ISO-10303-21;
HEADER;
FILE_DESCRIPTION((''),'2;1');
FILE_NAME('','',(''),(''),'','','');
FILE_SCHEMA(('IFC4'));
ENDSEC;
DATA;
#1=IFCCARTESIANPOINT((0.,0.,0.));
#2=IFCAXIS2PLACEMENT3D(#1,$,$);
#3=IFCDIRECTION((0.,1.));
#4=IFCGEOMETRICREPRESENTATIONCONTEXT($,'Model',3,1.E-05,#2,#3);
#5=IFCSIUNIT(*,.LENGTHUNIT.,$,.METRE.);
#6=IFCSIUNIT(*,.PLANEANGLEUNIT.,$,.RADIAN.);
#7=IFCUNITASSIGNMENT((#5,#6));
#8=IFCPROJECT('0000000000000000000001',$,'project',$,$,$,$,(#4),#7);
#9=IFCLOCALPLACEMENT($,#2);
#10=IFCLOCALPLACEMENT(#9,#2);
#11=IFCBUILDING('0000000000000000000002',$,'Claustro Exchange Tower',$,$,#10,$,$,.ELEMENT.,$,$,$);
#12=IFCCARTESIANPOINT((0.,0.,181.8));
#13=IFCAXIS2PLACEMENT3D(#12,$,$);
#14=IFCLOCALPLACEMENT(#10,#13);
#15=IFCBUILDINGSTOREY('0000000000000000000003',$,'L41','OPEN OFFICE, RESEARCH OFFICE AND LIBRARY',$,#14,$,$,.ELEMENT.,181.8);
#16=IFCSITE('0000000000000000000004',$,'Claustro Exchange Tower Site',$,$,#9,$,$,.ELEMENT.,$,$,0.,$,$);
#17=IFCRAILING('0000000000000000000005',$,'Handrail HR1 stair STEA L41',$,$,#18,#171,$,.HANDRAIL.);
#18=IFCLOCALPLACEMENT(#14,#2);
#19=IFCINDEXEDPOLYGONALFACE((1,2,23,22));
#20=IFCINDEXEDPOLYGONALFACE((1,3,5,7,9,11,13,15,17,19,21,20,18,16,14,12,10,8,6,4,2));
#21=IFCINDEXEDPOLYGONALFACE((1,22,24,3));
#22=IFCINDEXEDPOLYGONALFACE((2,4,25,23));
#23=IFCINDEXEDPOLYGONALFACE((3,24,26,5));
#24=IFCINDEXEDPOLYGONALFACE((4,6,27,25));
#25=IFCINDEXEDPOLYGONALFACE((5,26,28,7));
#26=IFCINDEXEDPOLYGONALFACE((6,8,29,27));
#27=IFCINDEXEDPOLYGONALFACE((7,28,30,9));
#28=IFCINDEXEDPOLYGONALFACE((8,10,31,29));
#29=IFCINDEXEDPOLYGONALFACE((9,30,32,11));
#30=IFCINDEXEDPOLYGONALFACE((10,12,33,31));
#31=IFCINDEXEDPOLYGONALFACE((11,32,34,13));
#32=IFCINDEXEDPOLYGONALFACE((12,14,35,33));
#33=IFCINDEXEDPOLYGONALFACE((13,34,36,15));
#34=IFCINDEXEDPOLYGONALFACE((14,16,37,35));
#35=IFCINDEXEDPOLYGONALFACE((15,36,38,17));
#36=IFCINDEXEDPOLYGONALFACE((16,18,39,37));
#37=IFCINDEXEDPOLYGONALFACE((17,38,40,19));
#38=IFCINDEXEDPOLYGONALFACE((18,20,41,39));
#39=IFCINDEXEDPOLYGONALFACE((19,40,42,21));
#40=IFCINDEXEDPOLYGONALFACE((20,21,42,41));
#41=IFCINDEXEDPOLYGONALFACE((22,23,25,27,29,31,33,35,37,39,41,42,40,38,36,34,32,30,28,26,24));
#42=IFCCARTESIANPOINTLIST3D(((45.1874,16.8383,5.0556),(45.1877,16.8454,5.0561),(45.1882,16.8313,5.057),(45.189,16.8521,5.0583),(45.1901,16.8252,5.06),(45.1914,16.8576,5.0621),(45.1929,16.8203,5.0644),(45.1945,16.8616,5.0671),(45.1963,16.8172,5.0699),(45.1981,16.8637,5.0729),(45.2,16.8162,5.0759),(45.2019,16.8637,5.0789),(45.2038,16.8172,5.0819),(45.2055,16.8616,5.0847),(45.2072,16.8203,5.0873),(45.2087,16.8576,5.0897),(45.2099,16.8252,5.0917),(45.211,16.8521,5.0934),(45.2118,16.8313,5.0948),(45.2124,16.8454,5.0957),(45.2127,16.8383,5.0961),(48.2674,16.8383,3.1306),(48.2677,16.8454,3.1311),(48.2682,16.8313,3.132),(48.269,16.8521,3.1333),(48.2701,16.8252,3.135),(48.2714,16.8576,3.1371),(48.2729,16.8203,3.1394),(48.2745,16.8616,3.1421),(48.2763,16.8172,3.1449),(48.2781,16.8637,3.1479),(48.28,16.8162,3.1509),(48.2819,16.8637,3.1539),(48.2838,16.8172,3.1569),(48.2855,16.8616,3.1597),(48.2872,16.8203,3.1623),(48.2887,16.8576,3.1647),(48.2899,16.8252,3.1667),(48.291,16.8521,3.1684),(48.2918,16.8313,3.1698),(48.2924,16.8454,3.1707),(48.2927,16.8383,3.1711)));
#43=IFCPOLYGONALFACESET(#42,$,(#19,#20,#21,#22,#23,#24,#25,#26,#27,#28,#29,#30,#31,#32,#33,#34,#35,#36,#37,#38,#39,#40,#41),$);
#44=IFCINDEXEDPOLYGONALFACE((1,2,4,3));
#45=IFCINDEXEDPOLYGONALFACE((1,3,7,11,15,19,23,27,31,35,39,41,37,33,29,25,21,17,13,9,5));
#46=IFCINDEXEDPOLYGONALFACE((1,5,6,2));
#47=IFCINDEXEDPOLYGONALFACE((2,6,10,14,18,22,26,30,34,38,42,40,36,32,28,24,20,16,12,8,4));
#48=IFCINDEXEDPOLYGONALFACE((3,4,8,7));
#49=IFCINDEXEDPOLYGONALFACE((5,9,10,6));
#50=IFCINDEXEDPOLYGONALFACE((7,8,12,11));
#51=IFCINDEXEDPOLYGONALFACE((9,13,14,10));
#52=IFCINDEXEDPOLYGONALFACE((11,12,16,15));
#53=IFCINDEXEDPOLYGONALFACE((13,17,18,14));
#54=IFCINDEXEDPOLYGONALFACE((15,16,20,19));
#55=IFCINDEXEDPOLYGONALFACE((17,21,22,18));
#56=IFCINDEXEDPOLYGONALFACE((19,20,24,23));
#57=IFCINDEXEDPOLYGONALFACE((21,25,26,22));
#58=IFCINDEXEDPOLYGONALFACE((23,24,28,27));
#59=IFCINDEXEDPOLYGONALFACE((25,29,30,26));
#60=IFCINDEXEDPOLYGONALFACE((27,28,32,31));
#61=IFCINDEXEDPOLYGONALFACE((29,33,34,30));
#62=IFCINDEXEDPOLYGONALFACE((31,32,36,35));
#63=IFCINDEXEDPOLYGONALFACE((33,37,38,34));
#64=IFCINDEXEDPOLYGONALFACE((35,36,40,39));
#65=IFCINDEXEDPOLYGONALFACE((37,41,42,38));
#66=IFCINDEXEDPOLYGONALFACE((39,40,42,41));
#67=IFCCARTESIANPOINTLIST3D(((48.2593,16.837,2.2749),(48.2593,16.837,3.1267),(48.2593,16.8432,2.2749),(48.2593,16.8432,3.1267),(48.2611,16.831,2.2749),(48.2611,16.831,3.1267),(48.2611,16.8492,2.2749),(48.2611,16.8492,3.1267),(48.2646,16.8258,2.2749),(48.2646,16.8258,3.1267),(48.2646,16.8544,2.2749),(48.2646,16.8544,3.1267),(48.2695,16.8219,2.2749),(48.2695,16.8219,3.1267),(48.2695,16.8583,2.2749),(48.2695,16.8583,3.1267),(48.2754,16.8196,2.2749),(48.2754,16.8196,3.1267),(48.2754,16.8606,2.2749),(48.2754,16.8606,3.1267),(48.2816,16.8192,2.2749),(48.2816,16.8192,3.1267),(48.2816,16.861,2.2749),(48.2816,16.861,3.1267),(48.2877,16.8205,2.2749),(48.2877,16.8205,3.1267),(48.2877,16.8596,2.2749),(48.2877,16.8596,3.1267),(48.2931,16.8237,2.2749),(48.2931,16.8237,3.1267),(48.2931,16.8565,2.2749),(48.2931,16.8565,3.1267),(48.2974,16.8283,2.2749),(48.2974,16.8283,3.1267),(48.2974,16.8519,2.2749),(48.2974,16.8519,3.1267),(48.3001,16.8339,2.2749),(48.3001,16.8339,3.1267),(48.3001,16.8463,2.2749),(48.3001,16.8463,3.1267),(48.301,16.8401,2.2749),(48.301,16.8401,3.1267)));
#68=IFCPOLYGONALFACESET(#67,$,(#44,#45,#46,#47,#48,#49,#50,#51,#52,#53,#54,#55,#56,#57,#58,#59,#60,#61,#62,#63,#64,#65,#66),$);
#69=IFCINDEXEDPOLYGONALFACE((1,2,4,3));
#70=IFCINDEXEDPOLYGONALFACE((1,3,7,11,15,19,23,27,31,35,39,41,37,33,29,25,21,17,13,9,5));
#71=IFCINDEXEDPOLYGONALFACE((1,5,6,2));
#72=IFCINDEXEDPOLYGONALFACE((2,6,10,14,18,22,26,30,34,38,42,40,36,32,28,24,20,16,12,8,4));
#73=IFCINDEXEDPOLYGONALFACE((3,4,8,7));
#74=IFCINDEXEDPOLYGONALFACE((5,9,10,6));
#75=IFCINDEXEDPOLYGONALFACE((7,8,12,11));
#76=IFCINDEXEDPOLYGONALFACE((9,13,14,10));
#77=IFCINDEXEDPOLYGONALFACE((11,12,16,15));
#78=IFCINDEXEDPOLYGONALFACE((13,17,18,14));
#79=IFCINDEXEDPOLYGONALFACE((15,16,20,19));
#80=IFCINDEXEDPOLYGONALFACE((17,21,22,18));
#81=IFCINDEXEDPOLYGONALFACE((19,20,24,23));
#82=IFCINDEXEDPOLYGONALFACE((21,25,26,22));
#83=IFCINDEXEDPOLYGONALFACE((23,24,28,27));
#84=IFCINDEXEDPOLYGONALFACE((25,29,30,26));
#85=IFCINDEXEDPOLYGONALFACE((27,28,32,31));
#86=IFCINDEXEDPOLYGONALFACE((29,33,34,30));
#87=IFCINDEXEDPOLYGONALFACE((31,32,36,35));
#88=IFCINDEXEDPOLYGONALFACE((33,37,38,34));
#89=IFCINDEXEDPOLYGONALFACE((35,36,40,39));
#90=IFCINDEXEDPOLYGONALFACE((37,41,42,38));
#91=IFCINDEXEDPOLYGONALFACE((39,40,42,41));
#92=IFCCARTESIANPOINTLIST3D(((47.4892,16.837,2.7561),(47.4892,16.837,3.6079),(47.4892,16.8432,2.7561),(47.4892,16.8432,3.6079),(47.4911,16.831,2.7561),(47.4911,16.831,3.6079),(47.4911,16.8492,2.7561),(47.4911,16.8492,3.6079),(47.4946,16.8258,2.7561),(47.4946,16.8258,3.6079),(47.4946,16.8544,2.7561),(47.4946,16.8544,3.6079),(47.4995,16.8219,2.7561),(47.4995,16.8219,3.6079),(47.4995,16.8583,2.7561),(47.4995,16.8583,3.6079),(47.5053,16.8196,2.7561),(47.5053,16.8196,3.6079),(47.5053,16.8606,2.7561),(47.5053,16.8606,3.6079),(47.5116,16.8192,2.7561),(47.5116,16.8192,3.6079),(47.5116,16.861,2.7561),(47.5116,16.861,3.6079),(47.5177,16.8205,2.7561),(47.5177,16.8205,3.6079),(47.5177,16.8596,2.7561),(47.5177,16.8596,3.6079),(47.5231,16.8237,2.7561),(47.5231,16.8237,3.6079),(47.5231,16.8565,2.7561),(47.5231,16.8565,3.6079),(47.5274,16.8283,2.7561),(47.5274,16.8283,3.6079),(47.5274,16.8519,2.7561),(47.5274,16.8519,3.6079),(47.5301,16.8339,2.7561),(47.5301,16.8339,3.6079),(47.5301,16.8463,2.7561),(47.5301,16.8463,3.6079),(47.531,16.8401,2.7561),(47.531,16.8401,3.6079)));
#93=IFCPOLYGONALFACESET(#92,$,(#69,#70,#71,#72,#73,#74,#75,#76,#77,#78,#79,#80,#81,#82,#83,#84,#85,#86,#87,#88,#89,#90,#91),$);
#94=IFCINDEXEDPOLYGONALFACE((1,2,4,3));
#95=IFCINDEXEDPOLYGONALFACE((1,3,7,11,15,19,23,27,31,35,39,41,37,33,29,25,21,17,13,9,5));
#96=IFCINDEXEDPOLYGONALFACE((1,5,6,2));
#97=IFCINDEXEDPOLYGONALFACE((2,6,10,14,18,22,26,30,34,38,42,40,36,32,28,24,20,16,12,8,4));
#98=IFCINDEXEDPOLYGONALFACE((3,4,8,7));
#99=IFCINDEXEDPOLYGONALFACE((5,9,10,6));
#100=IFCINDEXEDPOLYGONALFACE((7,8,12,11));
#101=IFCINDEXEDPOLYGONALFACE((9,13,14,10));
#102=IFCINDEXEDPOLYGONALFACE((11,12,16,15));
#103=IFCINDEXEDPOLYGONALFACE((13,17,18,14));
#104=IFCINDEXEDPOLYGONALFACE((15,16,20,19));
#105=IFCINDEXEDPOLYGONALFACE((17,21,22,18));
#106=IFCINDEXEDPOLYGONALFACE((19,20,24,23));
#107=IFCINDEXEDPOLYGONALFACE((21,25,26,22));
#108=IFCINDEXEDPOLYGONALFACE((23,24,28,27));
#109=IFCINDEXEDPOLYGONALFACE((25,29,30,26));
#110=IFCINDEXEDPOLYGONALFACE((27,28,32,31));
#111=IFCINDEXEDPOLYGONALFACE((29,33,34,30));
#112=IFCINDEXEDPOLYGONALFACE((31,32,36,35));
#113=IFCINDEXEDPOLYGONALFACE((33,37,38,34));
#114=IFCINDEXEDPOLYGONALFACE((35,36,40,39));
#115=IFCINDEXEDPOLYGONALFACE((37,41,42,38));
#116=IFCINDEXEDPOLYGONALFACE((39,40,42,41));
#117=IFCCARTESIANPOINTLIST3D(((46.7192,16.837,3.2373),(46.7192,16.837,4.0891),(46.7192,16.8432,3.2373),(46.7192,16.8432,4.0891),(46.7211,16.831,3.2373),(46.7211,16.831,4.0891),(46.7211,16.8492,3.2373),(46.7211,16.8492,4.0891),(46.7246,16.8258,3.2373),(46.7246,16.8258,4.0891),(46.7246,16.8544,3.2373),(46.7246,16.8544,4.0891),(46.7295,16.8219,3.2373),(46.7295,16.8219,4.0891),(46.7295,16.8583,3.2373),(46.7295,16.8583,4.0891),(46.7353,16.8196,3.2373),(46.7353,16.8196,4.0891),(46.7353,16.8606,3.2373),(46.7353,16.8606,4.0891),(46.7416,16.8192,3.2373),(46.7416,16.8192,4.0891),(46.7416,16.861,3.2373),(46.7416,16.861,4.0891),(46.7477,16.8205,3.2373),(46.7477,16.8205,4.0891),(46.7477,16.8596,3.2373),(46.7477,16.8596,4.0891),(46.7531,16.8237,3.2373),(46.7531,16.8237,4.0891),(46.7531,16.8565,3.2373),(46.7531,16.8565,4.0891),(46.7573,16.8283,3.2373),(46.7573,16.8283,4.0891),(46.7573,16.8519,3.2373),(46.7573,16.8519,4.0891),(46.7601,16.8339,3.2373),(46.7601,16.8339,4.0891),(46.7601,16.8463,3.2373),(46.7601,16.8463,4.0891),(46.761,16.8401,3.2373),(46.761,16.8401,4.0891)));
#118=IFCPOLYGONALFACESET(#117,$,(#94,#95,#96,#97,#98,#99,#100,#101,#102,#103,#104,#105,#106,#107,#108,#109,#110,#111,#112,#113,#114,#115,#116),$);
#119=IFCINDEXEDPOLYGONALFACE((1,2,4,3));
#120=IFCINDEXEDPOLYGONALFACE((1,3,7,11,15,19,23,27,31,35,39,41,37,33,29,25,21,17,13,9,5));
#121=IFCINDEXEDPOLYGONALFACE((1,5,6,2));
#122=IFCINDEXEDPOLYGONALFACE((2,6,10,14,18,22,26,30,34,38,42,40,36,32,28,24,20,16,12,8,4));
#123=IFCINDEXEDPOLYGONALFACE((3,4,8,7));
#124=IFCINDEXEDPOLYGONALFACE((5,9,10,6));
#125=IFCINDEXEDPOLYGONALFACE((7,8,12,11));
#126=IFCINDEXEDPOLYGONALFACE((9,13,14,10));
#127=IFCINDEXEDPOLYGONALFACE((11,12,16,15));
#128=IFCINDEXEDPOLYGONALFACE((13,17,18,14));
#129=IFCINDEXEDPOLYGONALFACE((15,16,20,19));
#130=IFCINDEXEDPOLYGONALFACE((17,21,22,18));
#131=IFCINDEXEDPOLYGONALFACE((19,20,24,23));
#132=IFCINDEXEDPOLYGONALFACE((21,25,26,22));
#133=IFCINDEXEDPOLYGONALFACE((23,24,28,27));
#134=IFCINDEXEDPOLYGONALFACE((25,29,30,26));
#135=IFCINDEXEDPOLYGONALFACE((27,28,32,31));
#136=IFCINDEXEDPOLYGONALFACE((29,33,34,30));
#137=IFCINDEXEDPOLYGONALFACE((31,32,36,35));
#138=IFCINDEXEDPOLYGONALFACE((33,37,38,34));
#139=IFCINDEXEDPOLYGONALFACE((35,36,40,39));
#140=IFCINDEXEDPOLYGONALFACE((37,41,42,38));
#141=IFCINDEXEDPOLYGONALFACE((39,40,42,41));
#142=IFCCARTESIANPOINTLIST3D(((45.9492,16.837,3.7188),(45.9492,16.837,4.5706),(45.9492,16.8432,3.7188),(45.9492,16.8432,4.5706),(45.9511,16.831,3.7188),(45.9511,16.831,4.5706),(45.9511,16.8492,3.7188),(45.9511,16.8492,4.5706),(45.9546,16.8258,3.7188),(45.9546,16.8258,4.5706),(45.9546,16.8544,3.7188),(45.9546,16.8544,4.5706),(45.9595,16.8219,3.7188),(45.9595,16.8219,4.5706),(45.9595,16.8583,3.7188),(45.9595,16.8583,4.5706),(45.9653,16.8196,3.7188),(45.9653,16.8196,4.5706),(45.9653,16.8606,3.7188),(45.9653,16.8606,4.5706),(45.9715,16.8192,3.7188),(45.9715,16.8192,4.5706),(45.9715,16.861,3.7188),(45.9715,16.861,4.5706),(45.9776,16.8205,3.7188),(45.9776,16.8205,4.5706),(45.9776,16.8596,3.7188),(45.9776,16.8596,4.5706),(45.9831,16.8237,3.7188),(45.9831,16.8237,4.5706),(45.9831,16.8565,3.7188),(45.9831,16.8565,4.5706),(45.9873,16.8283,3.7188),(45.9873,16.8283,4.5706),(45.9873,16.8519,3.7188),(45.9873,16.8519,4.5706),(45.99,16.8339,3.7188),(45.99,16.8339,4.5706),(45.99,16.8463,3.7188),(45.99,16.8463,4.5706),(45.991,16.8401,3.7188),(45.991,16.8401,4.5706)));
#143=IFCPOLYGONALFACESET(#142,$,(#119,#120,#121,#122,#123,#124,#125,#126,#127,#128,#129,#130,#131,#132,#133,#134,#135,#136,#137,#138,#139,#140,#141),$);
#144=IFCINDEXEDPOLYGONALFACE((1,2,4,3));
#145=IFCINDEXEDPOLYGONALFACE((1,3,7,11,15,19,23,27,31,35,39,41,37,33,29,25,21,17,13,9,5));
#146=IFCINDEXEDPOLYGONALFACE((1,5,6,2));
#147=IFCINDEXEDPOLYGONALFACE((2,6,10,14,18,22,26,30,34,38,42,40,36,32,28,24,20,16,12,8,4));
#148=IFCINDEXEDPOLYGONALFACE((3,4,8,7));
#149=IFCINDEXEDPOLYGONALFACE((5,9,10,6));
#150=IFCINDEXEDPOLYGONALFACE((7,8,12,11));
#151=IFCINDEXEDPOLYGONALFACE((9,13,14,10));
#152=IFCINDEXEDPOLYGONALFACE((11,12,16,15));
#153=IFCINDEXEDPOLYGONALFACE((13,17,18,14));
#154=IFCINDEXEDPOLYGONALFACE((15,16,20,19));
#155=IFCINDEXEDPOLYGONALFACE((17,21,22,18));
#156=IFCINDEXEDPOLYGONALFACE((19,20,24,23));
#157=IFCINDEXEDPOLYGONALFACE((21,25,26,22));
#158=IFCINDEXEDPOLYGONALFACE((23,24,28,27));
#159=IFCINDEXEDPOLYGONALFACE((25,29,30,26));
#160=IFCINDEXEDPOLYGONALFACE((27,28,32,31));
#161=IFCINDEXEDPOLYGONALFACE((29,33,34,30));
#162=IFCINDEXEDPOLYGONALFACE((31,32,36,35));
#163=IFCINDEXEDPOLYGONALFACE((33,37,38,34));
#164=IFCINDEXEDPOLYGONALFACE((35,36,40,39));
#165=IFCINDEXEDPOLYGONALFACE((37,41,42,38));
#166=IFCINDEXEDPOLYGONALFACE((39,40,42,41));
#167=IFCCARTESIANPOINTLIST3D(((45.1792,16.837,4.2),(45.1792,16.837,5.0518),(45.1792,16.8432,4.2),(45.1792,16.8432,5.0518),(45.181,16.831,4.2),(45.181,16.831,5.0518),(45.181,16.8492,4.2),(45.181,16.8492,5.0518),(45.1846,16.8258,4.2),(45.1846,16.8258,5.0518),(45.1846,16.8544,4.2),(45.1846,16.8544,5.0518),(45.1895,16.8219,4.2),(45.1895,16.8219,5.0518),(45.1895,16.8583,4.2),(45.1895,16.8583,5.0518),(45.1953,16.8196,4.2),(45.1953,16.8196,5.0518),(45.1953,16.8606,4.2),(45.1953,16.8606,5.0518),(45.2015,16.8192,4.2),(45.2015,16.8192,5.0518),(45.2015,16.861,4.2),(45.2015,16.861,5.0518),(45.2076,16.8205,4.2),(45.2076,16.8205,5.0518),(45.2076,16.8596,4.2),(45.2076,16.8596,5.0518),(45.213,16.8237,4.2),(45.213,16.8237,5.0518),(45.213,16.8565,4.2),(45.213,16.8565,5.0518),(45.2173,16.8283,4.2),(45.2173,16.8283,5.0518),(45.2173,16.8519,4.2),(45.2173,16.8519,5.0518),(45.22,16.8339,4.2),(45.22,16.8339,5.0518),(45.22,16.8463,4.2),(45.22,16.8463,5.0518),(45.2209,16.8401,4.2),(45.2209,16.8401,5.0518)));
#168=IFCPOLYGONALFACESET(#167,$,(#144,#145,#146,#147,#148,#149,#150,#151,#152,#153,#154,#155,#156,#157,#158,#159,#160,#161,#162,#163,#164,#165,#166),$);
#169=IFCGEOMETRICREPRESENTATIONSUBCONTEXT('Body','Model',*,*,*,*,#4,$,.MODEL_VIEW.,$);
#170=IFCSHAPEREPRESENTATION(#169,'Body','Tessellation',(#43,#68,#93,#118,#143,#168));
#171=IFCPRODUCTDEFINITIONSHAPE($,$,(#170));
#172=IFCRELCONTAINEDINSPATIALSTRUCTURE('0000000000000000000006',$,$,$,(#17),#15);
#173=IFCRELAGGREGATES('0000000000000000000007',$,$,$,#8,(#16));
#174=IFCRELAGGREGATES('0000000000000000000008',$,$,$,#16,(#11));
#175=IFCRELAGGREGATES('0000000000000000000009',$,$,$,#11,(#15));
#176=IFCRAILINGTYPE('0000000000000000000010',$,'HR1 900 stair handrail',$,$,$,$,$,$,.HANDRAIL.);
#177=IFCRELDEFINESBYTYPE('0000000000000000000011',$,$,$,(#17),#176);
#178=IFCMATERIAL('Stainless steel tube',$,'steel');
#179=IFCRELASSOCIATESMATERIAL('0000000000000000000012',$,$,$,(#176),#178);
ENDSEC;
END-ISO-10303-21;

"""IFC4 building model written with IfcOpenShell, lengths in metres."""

from ifc_helpers import new_model, si_unit, direction, frame, origin, origin_2d, place, context, subcontext, project, spatial, circle, extrude, material, type_object, element, save


model = new_model("IFC4")

# Units and contexts
model_context = context("Model", 3, precision=1e-05, world=origin(), true_north=direction((0.0, 1.0)))
body_context = subcontext(model_context, "Body", "Model", "MODEL_VIEW")
ifc_project = project(units=[si_unit("LENGTHUNIT", "METRE"), si_unit("PLANEANGLEUNIT", "RADIAN")], contexts=[model_context])

# Site, building, storey
site_placement = place(None, origin())
site = spatial("IfcSite", under=ifc_project, at=site_placement, Name="Claustro Exchange Tower Site", CompositionType="ELEMENT", RefElevation=0.0)
building_placement = place(site_placement, origin())
building = spatial("IfcBuilding", under=site, at=building_placement, Name="Claustro Exchange Tower", CompositionType="ELEMENT")
storey_placement = place(building_placement, frame((0.0, 0.0, 181.8)))
storey = spatial("IfcBuildingStorey", under=building, at=storey_placement, Name="L41", Description="OPEN OFFICE, RESEARCH OFFICE AND LIBRARY", CompositionType="ELEMENT", Elevation=181.8)

# Railing
ifc_material_1 = material(Name="Stainless steel tube", Category="steel")
railing_type_1 = type_object("IfcRailingType", Name="HR1 900 stair handrail", PredefinedType="HANDRAIL", material=ifc_material_1)
railing_1_placement = place(storey_placement, frame((48.28, 16.8401, 2.2749)))
element("IfcRailing", 1, at=railing_1_placement, inside=storey, type_object=railing_type_1, Name="Handrail HR1 stair STEA L41", PredefinedType="HANDRAIL", context=body_context, shape_type="SweptSolid", body=[
    extrude(circle(Radius=0.0239, at=origin_2d()), frame((0.0, 0.0, 0.876), z_axis=(-0.847998, 0.0, 0.529999), x_axis=(0.0, -1.0, 0.0)), (0.0, 0.0, 1.0), 3.6321),
    extrude(circle(Radius=0.021, at=origin_2d()), origin(), (0.0, 0.0, 1.0), 0.8518),
    extrude(circle(Radius=0.021, at=origin_2d()), frame((-0.77, 0.0, 0.4812)), (0.0, 0.0, 1.0), 0.8518),
    extrude(circle(Radius=0.021, at=origin_2d()), frame((-1.54, 0.0, 0.9624)), (0.0, 0.0, 1.0), 0.8518),
    extrude(circle(Radius=0.021, at=origin_2d()), frame((-2.3101, 0.0, 1.4438)), (0.0, 0.0, 1.0), 0.8518),
    extrude(circle(Radius=0.021, at=origin_2d()), frame((-3.0801, 0.0, 1.925)), (0.0, 0.0, 1.0), 0.8518),
])

save(model, "model.ifc")
